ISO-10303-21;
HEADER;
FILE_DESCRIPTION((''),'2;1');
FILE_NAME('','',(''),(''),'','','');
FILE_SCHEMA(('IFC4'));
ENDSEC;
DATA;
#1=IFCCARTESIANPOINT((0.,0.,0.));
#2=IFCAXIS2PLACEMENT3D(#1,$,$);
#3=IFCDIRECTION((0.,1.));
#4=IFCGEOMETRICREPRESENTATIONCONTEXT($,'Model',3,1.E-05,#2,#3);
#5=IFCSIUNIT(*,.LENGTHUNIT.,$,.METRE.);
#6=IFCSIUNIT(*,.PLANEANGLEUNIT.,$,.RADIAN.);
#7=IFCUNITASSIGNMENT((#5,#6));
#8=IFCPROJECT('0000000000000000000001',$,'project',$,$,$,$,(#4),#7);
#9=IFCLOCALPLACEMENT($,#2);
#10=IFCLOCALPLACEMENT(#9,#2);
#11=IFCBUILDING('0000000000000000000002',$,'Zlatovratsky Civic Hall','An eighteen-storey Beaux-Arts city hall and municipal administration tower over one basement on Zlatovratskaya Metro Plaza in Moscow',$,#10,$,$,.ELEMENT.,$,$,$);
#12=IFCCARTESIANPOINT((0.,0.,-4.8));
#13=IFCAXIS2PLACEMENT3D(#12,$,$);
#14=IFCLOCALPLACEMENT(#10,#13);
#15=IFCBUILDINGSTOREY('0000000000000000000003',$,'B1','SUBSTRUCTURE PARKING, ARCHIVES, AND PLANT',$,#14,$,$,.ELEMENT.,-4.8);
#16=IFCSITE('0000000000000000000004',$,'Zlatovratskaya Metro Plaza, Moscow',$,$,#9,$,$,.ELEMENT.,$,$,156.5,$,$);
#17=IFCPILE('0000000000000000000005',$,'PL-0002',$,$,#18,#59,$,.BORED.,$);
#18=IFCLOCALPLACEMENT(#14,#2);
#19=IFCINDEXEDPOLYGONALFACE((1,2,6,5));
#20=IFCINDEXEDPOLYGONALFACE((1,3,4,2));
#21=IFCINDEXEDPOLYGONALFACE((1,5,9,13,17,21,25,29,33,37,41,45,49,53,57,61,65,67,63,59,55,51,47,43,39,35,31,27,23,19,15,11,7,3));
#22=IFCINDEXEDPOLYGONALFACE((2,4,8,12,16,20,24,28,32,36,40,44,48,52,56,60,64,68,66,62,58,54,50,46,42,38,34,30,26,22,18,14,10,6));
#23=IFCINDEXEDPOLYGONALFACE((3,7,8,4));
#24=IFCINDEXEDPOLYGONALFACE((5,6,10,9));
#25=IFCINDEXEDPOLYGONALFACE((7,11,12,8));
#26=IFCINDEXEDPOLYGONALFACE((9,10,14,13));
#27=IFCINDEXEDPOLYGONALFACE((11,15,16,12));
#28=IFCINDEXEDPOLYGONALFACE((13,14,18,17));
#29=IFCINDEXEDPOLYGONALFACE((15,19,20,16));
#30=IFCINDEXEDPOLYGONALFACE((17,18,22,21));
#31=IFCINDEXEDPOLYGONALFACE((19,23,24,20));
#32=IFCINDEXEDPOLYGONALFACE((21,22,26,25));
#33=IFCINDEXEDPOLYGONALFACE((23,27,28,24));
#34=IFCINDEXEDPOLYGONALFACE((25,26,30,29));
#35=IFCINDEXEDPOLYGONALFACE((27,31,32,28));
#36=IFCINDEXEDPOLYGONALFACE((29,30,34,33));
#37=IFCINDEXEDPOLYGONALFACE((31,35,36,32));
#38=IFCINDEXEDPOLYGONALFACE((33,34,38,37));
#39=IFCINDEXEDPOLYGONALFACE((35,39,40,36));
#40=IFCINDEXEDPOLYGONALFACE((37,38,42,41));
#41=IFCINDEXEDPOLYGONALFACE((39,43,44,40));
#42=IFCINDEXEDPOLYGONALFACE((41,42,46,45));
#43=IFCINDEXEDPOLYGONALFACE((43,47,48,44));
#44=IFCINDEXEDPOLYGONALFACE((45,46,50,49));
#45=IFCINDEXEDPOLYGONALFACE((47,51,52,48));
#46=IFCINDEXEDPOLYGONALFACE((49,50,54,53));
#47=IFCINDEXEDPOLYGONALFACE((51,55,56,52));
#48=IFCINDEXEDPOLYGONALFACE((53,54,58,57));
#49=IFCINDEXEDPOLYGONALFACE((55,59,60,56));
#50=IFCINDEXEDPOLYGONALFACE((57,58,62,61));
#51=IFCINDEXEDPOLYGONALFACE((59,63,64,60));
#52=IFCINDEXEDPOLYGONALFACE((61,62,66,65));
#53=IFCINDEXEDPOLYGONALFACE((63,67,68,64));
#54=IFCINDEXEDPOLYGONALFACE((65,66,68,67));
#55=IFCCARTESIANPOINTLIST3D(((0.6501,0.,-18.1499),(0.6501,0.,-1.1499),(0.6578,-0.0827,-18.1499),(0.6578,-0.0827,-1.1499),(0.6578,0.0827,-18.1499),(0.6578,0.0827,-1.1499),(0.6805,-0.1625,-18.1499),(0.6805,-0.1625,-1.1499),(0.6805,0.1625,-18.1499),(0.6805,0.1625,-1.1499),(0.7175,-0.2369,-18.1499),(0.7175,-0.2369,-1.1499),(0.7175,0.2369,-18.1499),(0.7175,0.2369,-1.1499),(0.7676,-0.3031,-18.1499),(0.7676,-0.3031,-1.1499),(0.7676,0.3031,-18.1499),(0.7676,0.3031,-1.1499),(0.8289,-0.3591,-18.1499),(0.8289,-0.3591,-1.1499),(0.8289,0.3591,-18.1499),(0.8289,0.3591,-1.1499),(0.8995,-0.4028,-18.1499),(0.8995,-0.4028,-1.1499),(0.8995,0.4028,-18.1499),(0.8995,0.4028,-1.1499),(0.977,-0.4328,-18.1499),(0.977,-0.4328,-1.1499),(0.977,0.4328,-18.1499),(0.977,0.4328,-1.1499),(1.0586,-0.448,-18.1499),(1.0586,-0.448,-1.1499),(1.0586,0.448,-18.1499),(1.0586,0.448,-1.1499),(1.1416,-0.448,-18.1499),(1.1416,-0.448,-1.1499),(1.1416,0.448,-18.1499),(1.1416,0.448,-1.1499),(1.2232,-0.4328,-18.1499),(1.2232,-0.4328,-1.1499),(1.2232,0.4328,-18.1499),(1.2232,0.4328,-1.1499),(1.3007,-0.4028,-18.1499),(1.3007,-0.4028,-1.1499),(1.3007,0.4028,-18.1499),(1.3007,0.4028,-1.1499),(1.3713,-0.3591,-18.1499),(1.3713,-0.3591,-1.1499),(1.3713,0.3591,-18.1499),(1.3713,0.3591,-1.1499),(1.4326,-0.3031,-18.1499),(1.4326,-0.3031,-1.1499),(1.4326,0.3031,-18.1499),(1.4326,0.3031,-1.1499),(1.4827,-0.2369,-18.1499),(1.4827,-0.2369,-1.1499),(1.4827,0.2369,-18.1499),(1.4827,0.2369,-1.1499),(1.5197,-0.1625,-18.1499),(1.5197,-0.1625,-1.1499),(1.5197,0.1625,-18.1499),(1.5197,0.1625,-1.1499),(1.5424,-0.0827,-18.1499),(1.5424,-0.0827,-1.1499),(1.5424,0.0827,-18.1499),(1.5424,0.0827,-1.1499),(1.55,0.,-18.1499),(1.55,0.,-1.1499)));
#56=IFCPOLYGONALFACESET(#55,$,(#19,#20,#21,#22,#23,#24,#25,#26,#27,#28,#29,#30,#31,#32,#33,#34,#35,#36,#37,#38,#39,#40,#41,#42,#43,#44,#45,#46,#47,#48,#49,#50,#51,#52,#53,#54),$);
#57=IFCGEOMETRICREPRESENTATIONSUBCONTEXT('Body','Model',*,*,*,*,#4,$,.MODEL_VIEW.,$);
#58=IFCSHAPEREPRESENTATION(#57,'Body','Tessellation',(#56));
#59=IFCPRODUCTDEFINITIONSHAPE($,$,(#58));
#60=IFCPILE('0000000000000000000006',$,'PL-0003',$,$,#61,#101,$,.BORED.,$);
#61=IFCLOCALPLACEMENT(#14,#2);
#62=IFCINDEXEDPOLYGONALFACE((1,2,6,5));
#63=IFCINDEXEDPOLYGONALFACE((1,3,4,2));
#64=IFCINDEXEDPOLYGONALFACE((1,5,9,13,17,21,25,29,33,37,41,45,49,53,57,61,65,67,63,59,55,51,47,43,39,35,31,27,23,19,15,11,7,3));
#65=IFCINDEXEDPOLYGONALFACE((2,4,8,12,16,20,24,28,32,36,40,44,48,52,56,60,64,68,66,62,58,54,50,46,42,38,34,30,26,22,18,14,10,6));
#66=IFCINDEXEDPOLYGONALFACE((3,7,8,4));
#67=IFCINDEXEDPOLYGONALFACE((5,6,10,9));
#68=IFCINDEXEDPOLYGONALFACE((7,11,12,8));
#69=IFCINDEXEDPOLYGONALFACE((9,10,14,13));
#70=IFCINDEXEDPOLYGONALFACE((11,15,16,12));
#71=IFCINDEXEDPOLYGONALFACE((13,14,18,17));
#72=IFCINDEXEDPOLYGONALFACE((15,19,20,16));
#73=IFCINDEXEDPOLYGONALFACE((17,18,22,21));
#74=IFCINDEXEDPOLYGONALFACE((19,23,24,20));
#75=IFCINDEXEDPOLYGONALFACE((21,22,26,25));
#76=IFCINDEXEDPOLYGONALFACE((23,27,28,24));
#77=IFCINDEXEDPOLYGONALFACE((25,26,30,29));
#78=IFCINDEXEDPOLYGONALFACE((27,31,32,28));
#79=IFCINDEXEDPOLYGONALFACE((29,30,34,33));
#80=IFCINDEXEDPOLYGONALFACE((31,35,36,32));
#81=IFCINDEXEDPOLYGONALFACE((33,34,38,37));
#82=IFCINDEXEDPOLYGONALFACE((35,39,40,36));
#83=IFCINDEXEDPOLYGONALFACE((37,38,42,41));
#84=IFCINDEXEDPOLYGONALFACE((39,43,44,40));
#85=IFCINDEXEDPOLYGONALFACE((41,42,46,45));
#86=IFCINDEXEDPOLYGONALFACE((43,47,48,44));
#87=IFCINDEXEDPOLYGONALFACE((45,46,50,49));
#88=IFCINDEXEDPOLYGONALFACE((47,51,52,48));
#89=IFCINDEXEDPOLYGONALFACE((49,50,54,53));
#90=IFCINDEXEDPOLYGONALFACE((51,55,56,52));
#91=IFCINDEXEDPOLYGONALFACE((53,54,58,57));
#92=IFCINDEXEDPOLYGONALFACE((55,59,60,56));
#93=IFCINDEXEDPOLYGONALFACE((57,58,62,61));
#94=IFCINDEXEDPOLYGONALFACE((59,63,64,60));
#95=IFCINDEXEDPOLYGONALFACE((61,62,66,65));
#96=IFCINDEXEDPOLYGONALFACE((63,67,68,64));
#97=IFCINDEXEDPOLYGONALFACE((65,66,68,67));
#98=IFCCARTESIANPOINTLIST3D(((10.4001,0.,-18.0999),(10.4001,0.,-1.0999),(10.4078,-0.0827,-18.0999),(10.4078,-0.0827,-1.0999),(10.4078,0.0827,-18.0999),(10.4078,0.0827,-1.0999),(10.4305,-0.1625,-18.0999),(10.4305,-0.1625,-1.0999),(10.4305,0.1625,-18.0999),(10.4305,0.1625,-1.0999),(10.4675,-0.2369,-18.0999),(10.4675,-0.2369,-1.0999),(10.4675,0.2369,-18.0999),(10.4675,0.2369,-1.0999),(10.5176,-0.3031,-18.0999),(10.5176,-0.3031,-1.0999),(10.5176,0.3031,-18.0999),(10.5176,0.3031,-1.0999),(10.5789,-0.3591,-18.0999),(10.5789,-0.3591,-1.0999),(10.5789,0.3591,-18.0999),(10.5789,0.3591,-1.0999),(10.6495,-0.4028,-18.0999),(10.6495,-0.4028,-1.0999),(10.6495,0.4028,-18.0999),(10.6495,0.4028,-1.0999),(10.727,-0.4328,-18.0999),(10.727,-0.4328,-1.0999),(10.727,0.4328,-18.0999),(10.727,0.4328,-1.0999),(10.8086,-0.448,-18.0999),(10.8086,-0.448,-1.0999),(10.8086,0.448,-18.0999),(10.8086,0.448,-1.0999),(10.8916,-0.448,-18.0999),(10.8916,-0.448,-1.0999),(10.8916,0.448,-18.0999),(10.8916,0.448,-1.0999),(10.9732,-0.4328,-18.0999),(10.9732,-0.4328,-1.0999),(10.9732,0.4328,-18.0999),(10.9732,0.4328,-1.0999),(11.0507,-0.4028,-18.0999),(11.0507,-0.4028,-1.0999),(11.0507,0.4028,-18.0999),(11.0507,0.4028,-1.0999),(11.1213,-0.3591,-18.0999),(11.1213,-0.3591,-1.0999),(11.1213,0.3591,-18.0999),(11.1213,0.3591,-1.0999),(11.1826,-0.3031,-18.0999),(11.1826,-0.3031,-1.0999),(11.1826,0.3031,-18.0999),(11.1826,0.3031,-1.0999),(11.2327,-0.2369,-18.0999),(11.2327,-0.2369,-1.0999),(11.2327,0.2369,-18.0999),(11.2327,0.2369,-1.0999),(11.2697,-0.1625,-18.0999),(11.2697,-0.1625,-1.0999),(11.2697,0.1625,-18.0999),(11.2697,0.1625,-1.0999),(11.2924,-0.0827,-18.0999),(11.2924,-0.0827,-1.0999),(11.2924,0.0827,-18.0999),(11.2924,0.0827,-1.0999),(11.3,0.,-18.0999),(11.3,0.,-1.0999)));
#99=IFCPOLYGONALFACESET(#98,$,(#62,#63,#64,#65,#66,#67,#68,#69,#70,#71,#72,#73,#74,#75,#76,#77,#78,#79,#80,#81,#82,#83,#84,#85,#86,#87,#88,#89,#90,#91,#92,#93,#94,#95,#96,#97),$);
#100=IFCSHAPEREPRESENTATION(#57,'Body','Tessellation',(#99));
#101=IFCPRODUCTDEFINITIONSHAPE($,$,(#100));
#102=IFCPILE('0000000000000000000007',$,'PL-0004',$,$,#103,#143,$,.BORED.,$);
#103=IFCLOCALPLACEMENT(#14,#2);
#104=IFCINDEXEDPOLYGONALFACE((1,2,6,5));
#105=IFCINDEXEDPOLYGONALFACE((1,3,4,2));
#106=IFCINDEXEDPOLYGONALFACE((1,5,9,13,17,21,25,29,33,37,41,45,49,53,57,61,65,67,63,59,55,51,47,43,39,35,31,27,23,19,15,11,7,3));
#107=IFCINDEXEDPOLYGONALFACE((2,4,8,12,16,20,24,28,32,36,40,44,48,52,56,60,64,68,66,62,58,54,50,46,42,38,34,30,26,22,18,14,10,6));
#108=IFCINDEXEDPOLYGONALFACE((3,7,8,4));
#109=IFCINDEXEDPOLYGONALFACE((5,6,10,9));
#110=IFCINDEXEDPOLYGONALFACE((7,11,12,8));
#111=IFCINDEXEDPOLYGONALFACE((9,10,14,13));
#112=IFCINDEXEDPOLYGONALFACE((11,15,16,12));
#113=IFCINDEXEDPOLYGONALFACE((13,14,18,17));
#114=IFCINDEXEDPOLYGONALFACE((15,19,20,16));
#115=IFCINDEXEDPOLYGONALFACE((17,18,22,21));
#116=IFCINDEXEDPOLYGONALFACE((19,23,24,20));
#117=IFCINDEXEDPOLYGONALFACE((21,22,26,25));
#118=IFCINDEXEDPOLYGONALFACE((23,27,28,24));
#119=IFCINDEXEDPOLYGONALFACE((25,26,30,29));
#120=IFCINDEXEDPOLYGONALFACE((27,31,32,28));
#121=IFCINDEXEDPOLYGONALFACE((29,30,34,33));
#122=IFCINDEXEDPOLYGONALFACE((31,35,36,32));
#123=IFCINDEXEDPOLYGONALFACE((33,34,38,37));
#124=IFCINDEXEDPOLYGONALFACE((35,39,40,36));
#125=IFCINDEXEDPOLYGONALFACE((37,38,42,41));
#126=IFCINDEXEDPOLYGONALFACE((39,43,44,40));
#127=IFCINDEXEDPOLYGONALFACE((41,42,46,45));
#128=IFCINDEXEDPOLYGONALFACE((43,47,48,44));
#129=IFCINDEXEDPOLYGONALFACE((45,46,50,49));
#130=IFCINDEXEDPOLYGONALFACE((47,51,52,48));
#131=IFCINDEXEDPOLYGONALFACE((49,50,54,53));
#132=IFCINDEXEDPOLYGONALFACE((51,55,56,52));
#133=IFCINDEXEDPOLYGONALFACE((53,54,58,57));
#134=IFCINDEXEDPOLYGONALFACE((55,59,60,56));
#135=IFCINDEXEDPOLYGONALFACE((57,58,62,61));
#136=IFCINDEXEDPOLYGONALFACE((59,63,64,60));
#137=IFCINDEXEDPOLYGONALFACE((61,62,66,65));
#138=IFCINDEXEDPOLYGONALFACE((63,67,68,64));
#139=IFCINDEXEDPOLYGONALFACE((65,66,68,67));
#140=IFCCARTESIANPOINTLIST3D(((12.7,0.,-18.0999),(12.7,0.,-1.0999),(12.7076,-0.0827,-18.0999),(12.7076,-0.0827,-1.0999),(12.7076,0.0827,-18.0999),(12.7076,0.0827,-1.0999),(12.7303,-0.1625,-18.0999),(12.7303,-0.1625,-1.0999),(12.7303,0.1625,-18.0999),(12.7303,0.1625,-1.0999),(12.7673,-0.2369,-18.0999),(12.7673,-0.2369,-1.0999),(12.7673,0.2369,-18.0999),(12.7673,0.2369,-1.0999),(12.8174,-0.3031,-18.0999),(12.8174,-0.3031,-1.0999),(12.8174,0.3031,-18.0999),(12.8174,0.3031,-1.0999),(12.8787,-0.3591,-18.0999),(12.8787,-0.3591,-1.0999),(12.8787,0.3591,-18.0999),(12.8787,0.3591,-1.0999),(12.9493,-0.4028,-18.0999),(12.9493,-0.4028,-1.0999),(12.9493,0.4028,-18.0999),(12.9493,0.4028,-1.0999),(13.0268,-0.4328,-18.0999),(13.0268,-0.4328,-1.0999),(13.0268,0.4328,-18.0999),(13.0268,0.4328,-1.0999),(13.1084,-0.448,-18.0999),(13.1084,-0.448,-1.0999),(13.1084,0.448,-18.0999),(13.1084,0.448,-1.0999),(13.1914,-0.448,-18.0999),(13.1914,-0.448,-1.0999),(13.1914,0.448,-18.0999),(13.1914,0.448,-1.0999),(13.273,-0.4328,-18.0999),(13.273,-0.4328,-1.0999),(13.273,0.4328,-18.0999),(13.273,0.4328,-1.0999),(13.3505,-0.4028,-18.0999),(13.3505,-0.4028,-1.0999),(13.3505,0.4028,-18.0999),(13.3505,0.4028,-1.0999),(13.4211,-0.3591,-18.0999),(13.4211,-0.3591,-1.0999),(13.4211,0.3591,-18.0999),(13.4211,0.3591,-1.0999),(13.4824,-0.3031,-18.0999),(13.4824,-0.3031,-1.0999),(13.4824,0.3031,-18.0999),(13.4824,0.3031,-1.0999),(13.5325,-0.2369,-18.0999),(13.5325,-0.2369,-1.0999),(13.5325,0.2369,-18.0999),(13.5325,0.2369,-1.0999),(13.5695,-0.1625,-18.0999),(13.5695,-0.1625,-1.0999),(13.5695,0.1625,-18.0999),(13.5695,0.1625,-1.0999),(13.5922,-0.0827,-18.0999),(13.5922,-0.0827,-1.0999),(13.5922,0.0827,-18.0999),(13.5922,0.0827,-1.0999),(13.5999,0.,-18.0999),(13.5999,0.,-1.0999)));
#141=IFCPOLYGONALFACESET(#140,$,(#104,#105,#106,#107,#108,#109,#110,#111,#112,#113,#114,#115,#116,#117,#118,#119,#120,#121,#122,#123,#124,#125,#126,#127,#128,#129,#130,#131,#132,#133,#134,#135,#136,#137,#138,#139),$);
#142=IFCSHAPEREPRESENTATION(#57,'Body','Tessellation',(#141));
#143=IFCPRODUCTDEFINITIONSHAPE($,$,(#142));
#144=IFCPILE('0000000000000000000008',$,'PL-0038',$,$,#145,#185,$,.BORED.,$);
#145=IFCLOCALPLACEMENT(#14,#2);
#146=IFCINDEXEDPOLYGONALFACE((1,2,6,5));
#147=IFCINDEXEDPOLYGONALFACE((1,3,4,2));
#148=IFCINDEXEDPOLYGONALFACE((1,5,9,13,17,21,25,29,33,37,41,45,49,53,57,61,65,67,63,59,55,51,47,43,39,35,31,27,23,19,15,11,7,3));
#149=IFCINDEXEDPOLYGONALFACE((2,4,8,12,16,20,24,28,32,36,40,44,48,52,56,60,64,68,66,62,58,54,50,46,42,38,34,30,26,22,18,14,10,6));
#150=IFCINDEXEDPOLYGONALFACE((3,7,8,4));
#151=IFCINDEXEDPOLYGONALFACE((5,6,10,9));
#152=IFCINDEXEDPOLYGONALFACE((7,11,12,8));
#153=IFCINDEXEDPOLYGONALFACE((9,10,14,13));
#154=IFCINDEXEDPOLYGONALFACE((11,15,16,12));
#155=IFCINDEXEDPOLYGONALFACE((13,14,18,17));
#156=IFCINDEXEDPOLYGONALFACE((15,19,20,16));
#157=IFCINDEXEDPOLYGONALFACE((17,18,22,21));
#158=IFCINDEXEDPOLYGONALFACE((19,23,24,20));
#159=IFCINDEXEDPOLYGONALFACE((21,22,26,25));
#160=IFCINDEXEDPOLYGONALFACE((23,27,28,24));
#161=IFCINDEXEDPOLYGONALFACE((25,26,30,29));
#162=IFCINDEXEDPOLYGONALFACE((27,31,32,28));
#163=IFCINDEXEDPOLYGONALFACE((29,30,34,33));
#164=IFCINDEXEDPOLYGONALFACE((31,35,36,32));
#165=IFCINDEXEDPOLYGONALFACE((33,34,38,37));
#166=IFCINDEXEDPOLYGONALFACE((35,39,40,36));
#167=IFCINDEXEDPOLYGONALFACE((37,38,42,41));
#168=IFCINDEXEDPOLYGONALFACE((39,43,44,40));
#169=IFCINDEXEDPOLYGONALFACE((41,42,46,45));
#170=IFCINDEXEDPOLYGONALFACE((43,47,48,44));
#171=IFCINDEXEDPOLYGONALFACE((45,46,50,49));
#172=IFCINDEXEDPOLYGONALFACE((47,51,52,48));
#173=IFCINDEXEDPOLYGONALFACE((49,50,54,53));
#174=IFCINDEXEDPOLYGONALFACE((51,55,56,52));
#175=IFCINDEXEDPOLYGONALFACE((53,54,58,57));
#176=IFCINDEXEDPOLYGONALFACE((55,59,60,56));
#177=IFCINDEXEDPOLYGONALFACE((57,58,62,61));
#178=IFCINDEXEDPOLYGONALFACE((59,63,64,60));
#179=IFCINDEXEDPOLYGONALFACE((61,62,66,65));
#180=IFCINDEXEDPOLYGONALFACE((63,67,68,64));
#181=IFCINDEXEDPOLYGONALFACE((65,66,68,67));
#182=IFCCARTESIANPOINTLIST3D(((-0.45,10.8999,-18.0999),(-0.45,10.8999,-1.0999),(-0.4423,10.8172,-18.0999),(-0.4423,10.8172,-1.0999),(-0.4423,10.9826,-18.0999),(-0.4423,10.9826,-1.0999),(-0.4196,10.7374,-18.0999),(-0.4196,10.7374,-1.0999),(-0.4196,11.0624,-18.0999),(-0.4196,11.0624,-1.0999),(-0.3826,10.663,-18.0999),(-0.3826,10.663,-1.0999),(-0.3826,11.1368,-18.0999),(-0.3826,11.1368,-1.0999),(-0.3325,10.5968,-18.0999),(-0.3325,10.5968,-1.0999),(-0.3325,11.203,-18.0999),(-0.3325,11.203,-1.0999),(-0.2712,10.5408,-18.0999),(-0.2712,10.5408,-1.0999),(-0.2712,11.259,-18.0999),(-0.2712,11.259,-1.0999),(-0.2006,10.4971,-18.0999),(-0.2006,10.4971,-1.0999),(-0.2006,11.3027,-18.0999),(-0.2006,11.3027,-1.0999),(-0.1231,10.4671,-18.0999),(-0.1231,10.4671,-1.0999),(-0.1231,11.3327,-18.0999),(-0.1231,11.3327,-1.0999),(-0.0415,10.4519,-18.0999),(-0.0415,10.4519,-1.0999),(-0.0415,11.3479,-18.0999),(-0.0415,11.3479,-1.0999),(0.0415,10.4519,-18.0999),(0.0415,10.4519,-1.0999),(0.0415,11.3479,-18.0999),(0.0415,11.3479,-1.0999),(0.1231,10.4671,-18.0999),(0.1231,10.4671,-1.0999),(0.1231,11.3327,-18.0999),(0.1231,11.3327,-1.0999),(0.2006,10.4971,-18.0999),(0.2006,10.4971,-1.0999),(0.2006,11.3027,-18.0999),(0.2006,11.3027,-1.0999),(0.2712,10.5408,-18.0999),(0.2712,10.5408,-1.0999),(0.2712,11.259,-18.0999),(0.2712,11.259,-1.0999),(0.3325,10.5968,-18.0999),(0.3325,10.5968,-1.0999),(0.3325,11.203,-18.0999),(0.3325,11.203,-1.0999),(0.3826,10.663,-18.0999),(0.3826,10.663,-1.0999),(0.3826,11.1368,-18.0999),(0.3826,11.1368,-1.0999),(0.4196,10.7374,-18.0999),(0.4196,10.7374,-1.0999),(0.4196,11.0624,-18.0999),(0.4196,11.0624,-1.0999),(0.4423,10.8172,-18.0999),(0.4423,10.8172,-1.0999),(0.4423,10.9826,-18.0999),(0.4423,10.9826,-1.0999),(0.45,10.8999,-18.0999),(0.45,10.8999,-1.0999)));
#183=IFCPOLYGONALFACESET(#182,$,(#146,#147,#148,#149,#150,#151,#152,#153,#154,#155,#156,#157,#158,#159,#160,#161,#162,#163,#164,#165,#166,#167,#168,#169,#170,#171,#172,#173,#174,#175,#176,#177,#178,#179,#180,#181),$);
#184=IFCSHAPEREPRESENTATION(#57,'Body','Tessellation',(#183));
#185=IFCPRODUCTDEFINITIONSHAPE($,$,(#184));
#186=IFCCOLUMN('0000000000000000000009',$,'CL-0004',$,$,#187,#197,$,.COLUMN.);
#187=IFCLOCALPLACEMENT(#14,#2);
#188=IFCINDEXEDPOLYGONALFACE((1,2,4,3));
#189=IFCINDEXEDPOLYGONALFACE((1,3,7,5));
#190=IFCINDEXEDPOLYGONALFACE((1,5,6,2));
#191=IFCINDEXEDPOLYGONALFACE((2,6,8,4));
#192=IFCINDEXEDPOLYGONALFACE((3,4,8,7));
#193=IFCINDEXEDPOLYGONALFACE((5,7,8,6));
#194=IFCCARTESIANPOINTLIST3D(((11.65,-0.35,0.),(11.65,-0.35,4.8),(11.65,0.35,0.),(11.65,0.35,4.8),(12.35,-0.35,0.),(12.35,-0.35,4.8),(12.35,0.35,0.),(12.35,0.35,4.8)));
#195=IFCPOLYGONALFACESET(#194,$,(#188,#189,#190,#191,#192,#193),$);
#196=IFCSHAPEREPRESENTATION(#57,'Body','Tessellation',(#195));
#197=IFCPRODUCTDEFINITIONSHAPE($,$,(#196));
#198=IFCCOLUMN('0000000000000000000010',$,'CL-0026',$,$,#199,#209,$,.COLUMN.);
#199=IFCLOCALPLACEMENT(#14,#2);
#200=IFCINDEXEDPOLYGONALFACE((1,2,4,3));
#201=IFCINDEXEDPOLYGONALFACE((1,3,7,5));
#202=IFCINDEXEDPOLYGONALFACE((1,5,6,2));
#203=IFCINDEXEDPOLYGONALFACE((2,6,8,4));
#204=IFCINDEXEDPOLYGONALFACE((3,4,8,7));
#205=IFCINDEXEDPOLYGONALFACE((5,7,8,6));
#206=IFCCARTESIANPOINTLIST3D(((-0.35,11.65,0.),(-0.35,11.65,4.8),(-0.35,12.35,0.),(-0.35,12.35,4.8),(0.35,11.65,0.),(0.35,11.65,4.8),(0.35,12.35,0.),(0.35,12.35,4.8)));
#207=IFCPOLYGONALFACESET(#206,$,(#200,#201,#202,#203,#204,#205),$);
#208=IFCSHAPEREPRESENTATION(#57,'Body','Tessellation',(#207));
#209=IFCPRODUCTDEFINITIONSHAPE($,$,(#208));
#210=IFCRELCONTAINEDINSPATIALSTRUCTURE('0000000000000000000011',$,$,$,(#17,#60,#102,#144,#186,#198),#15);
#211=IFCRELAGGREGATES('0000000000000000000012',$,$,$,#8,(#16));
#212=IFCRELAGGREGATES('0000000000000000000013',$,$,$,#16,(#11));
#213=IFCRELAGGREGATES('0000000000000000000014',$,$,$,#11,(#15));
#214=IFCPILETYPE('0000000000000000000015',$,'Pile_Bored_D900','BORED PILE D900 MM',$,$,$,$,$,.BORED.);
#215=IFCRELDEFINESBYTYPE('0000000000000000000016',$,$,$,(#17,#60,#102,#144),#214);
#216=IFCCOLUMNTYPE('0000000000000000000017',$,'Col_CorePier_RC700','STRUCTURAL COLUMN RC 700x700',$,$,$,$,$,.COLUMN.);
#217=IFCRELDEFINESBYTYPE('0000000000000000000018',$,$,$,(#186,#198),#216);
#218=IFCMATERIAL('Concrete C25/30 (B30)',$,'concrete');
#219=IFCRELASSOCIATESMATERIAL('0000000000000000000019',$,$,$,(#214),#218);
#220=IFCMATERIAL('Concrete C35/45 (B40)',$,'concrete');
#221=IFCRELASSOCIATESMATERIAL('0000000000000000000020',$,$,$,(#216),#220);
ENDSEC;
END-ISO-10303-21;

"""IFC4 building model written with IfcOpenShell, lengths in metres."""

from ifc_helpers import new_model, si_unit, direction, frame, origin, origin_2d, place, context, subcontext, project, spatial, rectangle, circle, extrude, material, material_profile, profile_set, type_object, element, save


model = new_model("IFC4")

# Units and contexts
model_context = context("Model", 3, precision=1e-05, world=origin(), true_north=direction((0.0, 1.0)))
body_context = subcontext(model_context, "Body", "Model", "MODEL_VIEW")
ifc_project = project(units=[si_unit("LENGTHUNIT", "METRE"), si_unit("PLANEANGLEUNIT", "RADIAN")], contexts=[model_context])

# Site, building, storey
site_placement = place(None, origin())
site = spatial("IfcSite", under=ifc_project, at=site_placement, Name="Zlatovratskaya Metro Plaza, Moscow", CompositionType="ELEMENT", RefElevation=156.5)
building_placement = place(site_placement, origin())
building = spatial("IfcBuilding", under=site, at=building_placement, Name="Zlatovratsky Civic Hall", Description="An eighteen-storey Beaux-Arts city hall and municipal administration tower over one basement on Zlatovratskaya Metro Plaza in Moscow", CompositionType="ELEMENT")
storey_placement = place(building_placement, frame((0.0, 0.0, -4.8)))
storey = spatial("IfcBuildingStorey", under=building, at=storey_placement, Name="B1", Description="SUBSTRUCTURE PARKING, ARCHIVES, AND PLANT", CompositionType="ELEMENT", Elevation=-4.8)

# Shared definitions
ifc_material_1 = material(Name="Concrete C25/30 (B30)", Category="concrete")

# Piles
ifc_material_profile_1 = material_profile(ifc_material_1, circle(Radius=0.45, at=origin_2d()), Name="PILE D900")
ifc_profile_set_1 = profile_set([ifc_material_profile_1], Name="Concrete C25/30 (B30)")
pile_type_1 = type_object("IfcPileType", Name="Pile_Bored_D900", Description="BORED PILE D900 MM", PredefinedType="BORED", material=ifc_profile_set_1)
for number, where, z_axis, x_axis, name in (
    (1, (1.1001, 0.0, -1.1499), (0.0, 0.0, -1.0), (1.0, 0.0, 0.0), "PL-0002"),
    (2, (10.8501, 0.0, -1.0999), (0.0, 0.0, -1.0), (1.0, 0.0, 0.0), "PL-0003"),
    (3, (13.1499, 0.0, -1.0999), (0.0, 0.0, -1.0), (1.0, 0.0, 0.0), "PL-0004"),
    (4, (0.0, 10.8999, -1.0999), (0.0, 0.0, -1.0), (1.0, 0.0, 0.0), "PL-0038"),
):
    element("IfcPile", number, at=place(storey_placement, frame(where, z_axis=z_axis, x_axis=x_axis)), inside=storey, type_object=pile_type_1, Name=name, PredefinedType="BORED", context=body_context, shape_type="SweptSolid", body=[
        extrude(circle(Radius=0.45, at=origin_2d()), origin(), (0.0, 0.0, 1.0), 17.0),
    ])

# Columns
ifc_material_2 = material(Name="Concrete C35/45 (B40)", Category="concrete")
ifc_material_profile_2 = material_profile(ifc_material_2, rectangle(XDim=0.7, YDim=0.7, at=origin_2d()), Name="RC 700x700")
ifc_profile_set_2 = profile_set([ifc_material_profile_2], Name="Concrete C35/45 (B40)")
column_type_1 = type_object("IfcColumnType", Name="Col_CorePier_RC700", Description="STRUCTURAL COLUMN RC 700x700", PredefinedType="COLUMN", material=ifc_profile_set_2)
for number, where, z_axis, x_axis, name in (
    (5, (12.0, 0.0, 0.0), (0.0, 0.0, 1.0), (1.0, 0.0, 0.0), "CL-0004"),
    (6, (0.0, 12.0, 0.0), (0.0, 0.0, 1.0), (1.0, 0.0, 0.0), "CL-0026"),
):
    element("IfcColumn", number, at=place(storey_placement, frame(where, z_axis=z_axis, x_axis=x_axis)), inside=storey, type_object=column_type_1, Name=name, PredefinedType="COLUMN", context=body_context, shape_type="SweptSolid", body=[
        extrude(rectangle(XDim=0.7, YDim=0.7, at=origin_2d()), origin(), (0.0, 0.0, 1.0), 4.8),
    ])

save(model, "model.ifc")
